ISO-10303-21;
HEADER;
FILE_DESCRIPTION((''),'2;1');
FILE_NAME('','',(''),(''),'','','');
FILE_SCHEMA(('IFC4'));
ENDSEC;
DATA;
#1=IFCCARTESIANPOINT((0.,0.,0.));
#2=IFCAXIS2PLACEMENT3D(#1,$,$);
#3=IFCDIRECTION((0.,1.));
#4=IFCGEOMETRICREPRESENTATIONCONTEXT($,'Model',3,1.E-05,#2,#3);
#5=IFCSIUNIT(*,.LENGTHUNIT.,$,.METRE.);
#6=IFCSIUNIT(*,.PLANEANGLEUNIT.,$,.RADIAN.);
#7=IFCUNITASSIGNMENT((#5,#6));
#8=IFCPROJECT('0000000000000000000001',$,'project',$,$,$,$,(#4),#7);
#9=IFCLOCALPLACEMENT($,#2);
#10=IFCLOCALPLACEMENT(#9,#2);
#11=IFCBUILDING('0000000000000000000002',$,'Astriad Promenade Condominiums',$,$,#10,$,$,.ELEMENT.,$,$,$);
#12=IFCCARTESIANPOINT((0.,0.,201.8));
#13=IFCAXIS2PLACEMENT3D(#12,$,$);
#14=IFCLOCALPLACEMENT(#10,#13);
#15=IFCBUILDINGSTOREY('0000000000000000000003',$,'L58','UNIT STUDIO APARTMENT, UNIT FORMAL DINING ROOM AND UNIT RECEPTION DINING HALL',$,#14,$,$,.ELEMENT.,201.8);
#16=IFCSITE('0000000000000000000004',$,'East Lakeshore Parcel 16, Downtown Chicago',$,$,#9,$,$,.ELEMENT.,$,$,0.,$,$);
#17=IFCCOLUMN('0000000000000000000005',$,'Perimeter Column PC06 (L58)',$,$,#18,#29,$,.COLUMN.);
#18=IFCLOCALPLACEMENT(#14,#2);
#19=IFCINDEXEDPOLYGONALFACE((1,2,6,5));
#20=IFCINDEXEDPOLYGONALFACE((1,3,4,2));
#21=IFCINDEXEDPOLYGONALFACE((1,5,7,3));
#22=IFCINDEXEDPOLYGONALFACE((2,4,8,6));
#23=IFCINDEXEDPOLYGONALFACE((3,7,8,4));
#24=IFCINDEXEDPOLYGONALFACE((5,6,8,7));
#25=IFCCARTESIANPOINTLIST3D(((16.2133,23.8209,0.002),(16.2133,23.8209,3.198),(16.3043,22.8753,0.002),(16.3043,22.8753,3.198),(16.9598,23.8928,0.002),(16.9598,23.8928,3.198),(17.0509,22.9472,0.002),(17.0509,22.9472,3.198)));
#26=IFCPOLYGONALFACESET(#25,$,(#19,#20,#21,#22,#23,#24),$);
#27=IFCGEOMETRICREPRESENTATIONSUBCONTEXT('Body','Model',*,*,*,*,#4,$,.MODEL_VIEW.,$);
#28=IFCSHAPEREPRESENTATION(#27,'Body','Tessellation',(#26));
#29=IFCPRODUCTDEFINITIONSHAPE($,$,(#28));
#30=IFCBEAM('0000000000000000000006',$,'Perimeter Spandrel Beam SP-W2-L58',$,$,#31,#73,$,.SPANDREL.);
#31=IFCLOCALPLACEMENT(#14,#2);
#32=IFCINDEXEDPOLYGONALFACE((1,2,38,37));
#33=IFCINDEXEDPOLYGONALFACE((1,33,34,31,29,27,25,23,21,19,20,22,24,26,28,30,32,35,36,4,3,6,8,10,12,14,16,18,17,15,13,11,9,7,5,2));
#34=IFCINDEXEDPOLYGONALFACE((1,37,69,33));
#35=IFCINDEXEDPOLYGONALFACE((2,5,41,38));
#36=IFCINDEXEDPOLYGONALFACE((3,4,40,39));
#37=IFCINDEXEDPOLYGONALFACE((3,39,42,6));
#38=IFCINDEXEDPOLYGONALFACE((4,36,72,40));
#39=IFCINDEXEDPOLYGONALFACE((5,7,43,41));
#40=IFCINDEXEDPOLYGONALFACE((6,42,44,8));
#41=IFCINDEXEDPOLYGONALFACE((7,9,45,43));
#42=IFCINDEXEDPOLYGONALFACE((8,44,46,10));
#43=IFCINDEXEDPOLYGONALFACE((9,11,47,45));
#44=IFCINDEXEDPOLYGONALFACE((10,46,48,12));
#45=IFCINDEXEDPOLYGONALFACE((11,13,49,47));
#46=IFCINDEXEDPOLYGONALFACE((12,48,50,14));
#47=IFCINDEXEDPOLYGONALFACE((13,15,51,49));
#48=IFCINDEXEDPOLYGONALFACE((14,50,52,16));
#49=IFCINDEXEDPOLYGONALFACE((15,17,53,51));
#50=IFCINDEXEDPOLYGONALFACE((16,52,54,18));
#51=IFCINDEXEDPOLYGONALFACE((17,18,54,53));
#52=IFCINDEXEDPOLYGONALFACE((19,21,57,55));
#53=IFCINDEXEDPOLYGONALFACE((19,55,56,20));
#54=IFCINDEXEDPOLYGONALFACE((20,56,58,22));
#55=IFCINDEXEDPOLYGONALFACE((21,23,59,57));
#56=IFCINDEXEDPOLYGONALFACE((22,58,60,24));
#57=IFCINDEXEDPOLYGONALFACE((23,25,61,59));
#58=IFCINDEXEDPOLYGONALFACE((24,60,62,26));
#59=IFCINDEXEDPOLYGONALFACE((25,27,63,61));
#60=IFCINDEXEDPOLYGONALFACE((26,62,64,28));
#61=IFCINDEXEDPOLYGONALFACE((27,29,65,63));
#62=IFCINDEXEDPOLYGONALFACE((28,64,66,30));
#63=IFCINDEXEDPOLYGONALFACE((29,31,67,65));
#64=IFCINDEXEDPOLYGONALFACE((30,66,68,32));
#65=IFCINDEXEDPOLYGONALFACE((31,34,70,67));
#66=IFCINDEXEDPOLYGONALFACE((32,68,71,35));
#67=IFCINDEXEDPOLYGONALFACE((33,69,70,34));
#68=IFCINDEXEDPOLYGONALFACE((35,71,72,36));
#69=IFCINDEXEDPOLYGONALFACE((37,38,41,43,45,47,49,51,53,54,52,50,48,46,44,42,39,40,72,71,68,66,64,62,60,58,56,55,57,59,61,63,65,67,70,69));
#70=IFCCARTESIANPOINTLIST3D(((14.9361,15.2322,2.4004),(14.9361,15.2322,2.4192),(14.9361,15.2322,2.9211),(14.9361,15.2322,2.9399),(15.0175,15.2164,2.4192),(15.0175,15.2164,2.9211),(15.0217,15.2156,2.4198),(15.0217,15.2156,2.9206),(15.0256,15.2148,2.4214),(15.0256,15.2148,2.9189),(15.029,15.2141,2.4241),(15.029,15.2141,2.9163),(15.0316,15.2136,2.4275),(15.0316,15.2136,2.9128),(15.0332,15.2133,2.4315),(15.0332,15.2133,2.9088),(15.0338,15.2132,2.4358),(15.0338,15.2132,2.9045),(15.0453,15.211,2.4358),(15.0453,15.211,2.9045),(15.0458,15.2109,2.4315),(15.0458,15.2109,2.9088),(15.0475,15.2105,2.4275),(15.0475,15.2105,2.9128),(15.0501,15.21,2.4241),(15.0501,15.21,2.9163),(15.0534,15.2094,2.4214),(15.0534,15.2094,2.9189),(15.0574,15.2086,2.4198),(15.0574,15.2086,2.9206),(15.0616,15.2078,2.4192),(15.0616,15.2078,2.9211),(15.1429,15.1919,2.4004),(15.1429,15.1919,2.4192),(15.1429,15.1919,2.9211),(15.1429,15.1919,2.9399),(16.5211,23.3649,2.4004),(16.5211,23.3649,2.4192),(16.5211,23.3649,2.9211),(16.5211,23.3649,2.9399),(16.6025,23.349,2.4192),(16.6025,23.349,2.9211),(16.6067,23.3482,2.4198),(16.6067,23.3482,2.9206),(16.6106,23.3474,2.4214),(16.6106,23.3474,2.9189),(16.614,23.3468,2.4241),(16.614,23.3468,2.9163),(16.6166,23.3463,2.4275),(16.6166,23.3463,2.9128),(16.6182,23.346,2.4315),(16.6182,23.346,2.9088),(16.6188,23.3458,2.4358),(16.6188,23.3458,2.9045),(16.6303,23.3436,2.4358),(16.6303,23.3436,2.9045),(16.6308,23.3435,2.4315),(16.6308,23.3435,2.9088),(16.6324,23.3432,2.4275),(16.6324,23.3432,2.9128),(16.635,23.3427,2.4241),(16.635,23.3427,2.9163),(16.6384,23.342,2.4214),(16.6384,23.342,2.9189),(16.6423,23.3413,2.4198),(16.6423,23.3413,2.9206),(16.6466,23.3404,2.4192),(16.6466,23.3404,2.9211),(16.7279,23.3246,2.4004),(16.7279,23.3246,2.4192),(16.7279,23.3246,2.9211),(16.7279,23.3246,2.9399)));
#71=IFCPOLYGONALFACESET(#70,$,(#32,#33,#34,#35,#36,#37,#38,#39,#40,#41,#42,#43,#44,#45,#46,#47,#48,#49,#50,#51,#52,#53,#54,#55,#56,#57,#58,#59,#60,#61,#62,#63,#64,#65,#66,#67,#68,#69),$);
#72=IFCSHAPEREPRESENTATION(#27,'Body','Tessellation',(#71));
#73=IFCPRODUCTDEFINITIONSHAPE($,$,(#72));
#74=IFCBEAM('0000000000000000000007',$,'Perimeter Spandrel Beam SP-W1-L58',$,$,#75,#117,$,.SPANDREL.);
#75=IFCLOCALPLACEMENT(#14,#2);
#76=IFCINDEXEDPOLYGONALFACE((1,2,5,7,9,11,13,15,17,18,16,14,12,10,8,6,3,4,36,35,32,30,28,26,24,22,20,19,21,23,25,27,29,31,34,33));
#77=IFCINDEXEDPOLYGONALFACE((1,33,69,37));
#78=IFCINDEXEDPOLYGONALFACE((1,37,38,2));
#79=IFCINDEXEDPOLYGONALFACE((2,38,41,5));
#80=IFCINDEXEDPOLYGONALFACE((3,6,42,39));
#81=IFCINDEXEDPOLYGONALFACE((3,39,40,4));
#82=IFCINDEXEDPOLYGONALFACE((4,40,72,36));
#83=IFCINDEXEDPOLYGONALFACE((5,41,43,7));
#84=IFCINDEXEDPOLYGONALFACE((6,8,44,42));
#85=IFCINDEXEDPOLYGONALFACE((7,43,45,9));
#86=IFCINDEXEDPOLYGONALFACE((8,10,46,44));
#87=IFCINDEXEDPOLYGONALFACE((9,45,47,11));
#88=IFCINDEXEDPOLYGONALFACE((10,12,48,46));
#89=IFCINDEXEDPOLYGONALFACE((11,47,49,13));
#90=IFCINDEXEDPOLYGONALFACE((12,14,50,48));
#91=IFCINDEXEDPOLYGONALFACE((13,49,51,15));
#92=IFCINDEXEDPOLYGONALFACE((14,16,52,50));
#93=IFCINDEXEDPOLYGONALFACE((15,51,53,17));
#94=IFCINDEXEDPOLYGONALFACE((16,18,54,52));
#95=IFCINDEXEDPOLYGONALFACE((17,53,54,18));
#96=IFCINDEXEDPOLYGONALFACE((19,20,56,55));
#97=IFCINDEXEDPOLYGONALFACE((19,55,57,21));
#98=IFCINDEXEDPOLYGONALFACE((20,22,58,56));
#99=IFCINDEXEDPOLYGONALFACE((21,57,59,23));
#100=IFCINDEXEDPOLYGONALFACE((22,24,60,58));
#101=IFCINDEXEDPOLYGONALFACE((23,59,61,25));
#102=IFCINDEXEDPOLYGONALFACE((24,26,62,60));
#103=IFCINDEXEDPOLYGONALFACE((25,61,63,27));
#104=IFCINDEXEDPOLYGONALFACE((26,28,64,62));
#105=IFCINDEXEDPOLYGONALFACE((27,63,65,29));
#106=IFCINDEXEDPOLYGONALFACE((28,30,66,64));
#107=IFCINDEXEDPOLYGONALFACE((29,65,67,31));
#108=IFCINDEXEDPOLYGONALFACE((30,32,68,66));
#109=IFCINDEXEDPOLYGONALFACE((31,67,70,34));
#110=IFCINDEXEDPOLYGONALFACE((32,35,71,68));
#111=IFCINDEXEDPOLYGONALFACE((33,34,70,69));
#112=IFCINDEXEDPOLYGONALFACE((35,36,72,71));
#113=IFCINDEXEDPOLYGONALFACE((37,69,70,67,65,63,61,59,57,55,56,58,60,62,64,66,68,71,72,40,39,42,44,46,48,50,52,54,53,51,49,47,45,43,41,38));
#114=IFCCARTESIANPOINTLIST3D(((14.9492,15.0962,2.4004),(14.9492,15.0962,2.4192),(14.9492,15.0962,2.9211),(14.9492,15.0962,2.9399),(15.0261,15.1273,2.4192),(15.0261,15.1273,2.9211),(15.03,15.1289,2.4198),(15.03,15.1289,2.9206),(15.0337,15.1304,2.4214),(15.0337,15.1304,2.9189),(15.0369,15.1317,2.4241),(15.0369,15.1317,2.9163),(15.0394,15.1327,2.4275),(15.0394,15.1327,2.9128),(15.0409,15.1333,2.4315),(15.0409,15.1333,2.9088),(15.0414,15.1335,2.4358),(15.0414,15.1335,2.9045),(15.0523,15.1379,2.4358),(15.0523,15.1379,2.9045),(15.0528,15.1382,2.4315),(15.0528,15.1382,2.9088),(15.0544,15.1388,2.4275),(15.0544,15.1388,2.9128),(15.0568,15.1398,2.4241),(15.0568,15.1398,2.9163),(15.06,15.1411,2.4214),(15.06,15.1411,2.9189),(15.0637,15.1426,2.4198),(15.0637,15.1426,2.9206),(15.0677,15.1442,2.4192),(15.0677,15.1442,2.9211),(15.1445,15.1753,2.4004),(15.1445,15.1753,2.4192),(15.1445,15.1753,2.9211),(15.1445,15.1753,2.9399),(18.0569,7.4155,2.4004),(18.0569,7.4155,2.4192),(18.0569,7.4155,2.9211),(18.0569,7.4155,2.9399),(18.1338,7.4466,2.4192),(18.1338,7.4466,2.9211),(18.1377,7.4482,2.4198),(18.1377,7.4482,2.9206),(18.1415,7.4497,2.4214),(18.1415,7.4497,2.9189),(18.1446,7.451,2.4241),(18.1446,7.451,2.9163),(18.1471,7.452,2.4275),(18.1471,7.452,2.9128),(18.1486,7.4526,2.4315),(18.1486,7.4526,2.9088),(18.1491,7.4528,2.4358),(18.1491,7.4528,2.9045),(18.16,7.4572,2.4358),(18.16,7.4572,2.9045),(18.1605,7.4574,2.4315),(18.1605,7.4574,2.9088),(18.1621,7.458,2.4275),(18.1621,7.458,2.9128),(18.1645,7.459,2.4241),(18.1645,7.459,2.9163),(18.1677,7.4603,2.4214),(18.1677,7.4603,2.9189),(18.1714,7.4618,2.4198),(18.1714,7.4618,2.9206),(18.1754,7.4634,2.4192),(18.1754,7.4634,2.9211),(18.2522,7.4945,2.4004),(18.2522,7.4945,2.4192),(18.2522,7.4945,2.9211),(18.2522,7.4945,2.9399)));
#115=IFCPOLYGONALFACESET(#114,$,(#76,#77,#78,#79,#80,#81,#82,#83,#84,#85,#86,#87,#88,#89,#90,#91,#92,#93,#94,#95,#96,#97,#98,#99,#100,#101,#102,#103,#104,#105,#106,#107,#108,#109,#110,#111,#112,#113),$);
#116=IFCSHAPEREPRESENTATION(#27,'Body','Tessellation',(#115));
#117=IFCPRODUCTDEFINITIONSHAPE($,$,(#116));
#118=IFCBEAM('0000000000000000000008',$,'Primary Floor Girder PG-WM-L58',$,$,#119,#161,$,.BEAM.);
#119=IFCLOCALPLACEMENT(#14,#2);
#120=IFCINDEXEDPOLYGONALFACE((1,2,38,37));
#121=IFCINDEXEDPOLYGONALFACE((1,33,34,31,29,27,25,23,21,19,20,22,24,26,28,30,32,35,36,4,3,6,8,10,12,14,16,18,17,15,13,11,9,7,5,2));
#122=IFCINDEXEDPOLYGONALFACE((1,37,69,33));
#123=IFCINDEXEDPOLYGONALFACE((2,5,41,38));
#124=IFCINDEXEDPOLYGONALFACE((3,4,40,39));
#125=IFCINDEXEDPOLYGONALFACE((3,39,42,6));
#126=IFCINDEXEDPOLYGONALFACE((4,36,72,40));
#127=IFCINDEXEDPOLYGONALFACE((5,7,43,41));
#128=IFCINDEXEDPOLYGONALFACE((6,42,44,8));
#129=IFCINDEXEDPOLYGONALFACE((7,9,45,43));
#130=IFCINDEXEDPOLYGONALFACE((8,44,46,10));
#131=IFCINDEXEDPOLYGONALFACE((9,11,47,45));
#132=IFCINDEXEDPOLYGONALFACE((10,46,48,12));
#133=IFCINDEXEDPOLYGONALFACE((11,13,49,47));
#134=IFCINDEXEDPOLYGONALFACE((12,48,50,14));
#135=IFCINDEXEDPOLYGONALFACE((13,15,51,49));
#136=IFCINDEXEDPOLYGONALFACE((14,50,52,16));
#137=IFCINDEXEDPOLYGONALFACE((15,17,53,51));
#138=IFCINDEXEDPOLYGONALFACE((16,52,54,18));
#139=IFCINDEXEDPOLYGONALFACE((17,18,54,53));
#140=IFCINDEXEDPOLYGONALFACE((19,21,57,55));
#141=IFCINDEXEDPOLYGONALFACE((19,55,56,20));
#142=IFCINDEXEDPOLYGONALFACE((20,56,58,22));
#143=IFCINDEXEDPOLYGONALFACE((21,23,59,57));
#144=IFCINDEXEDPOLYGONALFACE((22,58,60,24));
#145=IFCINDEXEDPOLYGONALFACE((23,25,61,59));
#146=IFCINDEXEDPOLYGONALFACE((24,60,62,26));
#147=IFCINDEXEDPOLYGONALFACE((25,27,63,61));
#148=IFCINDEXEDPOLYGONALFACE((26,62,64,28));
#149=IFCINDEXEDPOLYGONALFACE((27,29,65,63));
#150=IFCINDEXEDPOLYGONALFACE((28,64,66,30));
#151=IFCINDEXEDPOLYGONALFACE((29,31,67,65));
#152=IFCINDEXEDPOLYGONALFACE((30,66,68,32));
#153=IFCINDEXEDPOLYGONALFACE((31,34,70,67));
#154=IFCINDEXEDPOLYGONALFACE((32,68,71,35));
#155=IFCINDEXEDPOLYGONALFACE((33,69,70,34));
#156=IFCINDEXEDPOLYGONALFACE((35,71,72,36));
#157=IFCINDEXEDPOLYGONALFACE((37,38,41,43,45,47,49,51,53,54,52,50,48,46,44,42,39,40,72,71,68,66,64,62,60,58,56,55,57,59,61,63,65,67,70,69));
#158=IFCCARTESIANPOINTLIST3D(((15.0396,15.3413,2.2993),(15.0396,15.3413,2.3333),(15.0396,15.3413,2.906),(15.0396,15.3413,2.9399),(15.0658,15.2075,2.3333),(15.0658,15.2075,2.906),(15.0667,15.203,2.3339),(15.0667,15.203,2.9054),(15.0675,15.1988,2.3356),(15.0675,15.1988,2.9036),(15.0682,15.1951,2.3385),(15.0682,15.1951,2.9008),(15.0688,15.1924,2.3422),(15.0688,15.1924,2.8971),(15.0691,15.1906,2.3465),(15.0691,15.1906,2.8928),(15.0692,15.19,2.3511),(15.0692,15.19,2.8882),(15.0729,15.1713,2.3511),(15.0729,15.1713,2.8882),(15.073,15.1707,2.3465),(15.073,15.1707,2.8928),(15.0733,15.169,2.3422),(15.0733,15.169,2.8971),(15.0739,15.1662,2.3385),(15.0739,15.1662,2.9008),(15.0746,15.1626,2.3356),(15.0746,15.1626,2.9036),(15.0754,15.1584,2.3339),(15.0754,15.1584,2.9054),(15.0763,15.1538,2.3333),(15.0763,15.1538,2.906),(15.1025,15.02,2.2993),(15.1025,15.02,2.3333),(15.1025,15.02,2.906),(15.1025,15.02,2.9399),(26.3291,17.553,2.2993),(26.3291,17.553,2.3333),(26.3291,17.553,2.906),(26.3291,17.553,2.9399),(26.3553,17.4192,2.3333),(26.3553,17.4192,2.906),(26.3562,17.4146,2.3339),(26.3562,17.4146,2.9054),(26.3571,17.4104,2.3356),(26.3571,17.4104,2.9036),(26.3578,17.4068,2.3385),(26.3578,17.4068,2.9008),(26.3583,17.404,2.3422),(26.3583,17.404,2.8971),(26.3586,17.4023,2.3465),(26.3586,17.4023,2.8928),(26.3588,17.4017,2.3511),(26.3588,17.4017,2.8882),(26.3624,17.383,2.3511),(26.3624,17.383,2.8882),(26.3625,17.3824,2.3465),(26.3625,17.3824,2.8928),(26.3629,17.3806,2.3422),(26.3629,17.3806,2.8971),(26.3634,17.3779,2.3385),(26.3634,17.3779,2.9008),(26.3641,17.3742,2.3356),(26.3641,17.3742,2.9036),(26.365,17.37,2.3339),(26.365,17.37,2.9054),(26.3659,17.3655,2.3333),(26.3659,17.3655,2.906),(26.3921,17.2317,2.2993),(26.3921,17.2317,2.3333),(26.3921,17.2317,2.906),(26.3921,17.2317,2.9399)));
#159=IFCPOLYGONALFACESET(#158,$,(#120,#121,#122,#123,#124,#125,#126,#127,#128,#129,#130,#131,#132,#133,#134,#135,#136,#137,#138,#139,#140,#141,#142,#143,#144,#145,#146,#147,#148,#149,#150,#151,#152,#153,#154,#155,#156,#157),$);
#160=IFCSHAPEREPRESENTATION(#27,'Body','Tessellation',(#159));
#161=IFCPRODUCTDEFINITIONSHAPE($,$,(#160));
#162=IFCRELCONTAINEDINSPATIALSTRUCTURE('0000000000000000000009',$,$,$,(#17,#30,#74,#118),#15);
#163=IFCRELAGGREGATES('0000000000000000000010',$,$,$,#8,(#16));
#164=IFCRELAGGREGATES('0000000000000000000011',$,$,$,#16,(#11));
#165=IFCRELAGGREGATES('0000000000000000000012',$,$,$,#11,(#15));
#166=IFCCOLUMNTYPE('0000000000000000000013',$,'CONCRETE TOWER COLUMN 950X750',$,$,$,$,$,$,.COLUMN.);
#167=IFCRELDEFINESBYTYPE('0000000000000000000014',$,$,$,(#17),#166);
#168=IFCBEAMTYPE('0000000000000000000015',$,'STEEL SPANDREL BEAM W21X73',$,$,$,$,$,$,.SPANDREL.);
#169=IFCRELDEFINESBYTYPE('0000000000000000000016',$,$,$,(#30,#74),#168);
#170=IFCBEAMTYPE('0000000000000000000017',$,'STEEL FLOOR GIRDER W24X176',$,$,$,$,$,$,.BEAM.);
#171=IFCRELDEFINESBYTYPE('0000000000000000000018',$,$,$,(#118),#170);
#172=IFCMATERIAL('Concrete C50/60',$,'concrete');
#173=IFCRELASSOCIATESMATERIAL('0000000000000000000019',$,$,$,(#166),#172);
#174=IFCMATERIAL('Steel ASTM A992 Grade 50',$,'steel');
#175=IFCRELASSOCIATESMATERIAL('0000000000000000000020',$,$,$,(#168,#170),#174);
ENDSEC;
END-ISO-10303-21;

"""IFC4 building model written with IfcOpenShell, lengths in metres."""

from ifc_helpers import new_model, si_unit, direction, frame, origin, origin_2d, place, context, subcontext, project, spatial, rectangle, i_section, extrude, source, transform, mapped, material, material_profile, profile_set, type_object, type_shapes, element, save


model = new_model("IFC4")

# Units and contexts
model_context = context("Model", 3, precision=1e-05, world=origin(), true_north=direction((0.0, 1.0)))
body_context = subcontext(model_context, "Body", "Model", "MODEL_VIEW")
ifc_project = project(units=[si_unit("LENGTHUNIT", "METRE"), si_unit("PLANEANGLEUNIT", "RADIAN")], contexts=[model_context])

# Site, building, storey
site_placement = place(None, origin())
site = spatial("IfcSite", under=ifc_project, at=site_placement, Name="East Lakeshore Parcel 16, Downtown Chicago", CompositionType="ELEMENT", RefElevation=0.0)
building_placement = place(site_placement, origin())
building = spatial("IfcBuilding", under=site, at=building_placement, Name="Astriad Promenade Condominiums", CompositionType="ELEMENT")
storey_placement = place(building_placement, frame((0.0, 0.0, 201.8)))
storey = spatial("IfcBuildingStorey", under=building, at=storey_placement, Name="L58", Description="UNIT STUDIO APARTMENT, UNIT FORMAL DINING ROOM AND UNIT RECEPTION DINING HALL", CompositionType="ELEMENT", Elevation=201.8)

# Column
ifc_material_1 = material(Name="Concrete C50/60", Category="concrete")
ifc_material_profile_1 = material_profile(ifc_material_1, rectangle(XDim=0.75, YDim=0.95, at=origin_2d()), Name="RC-COL-950X750")
ifc_profile_set_1 = profile_set([ifc_material_profile_1], Name="Concrete C50/60")
column_type = type_object("IfcColumnType", Name="CONCRETE TOWER COLUMN 950X750", PredefinedType="COLUMN", material=ifc_profile_set_1)
shared_shape_1 = source(origin(), body_context, "Body", "SweptSolid", [
    extrude(rectangle(XDim=0.75, YDim=0.95, at=origin_2d()), origin(), (0.0, 0.0, 1.0), 3.196),
])
type_shapes(column_type, [shared_shape_1])
column_placement = place(storey_placement, frame((16.6321, 23.384, 0.002), z_axis=(0.0, 0.0, 1.0), x_axis=(0.995396, 0.095846, 0.0)))
element("IfcColumn", 1, at=column_placement, inside=storey, type_object=column_type, Name="Perimeter Column PC06 (L58)", PredefinedType="COLUMN", context=body_context, shape_type="MappedRepresentation", body=[
    mapped(shared_shape_1, transform((0.0, 0.0, 0.0), scale=1.0)),
])

# Beams
ifc_material_2 = material(Name="Steel ASTM A992 Grade 50", Category="steel")
ifc_material_profile_2 = material_profile(ifc_material_2, i_section(OverallWidth=0.2107, OverallDepth=0.5396, WebThickness=0.0117, FlangeThickness=0.0188, FilletRadius=0.0166, at=origin_2d()), Name="W21X73")
ifc_profile_set_2 = profile_set([ifc_material_profile_2], Name="Steel ASTM A992 Grade 50")
beam_type_1 = type_object("IfcBeamType", Name="STEEL SPANDREL BEAM W21X73", PredefinedType="SPANDREL", material=ifc_profile_set_2)
shared_shape_2 = source(origin(), body_context, "Body", "SweptSolid", [
    extrude(i_section(OverallWidth=0.2107, OverallDepth=0.5396, WebThickness=0.0117, FlangeThickness=0.0188, FilletRadius=0.0166, at=origin_2d()), origin(), (0.0, 0.0, 1.0), 8.2856),
])
type_shapes(beam_type_1, [shared_shape_2])
for number, where, z_axis, x_axis, name in (
    (2, (16.6245, 23.3447, 2.6702), (-0.191292, -0.981533, 0.0), (0.981533, -0.191292, 0.0), "Perimeter Spandrel Beam SP-W2-L58"),
    (3, (15.0469, 15.1357, 2.6702), (0.375071, -0.926996, 0.0), (0.926996, 0.375071, 0.0), "Perimeter Spandrel Beam SP-W1-L58"),
):
    element("IfcBeam", number, at=place(storey_placement, frame(where, z_axis=z_axis, x_axis=x_axis)), inside=storey, type_object=beam_type_1, Name=name, PredefinedType="SPANDREL", context=body_context, shape_type="MappedRepresentation", body=[
        mapped(shared_shape_2, transform((0.0, 0.0, 0.0), scale=1.0)),
    ])
ifc_material_profile_3 = material_profile(ifc_material_2, i_section(OverallWidth=0.3274, OverallDepth=0.6406, WebThickness=0.019, FlangeThickness=0.0339, FilletRadius=0.0178, at=origin_2d()), Name="W24X176")
ifc_profile_set_3 = profile_set([ifc_material_profile_3], Name="Steel ASTM A992 Grade 50")
beam_type_2 = type_object("IfcBeamType", Name="STEEL FLOOR GIRDER W24X176", PredefinedType="BEAM", material=ifc_profile_set_3)
shared_shape_3 = source(origin(), body_context, "Body", "SweptSolid", [
    extrude(i_section(OverallWidth=0.3274, OverallDepth=0.6406, WebThickness=0.019, FlangeThickness=0.0339, FilletRadius=0.0178, at=origin_2d()), origin(), (0.0, 0.0, 1.0), 11.5042),
])
type_shapes(beam_type_2, [shared_shape_3])
beam_1_placement = place(storey_placement, frame((15.071, 15.1807, 2.6196), z_axis=(0.981346, 0.19225, 0.0), x_axis=(-0.19225, 0.981346, 0.0)))
element("IfcBeam", 4, at=beam_1_placement, inside=storey, type_object=beam_type_2, Name="Primary Floor Girder PG-WM-L58", PredefinedType="BEAM", context=body_context, shape_type="MappedRepresentation", body=[
    mapped(shared_shape_3, transform((0.0, 0.0, 0.0), scale=1.0)),
])

save(model, "model.ifc")
